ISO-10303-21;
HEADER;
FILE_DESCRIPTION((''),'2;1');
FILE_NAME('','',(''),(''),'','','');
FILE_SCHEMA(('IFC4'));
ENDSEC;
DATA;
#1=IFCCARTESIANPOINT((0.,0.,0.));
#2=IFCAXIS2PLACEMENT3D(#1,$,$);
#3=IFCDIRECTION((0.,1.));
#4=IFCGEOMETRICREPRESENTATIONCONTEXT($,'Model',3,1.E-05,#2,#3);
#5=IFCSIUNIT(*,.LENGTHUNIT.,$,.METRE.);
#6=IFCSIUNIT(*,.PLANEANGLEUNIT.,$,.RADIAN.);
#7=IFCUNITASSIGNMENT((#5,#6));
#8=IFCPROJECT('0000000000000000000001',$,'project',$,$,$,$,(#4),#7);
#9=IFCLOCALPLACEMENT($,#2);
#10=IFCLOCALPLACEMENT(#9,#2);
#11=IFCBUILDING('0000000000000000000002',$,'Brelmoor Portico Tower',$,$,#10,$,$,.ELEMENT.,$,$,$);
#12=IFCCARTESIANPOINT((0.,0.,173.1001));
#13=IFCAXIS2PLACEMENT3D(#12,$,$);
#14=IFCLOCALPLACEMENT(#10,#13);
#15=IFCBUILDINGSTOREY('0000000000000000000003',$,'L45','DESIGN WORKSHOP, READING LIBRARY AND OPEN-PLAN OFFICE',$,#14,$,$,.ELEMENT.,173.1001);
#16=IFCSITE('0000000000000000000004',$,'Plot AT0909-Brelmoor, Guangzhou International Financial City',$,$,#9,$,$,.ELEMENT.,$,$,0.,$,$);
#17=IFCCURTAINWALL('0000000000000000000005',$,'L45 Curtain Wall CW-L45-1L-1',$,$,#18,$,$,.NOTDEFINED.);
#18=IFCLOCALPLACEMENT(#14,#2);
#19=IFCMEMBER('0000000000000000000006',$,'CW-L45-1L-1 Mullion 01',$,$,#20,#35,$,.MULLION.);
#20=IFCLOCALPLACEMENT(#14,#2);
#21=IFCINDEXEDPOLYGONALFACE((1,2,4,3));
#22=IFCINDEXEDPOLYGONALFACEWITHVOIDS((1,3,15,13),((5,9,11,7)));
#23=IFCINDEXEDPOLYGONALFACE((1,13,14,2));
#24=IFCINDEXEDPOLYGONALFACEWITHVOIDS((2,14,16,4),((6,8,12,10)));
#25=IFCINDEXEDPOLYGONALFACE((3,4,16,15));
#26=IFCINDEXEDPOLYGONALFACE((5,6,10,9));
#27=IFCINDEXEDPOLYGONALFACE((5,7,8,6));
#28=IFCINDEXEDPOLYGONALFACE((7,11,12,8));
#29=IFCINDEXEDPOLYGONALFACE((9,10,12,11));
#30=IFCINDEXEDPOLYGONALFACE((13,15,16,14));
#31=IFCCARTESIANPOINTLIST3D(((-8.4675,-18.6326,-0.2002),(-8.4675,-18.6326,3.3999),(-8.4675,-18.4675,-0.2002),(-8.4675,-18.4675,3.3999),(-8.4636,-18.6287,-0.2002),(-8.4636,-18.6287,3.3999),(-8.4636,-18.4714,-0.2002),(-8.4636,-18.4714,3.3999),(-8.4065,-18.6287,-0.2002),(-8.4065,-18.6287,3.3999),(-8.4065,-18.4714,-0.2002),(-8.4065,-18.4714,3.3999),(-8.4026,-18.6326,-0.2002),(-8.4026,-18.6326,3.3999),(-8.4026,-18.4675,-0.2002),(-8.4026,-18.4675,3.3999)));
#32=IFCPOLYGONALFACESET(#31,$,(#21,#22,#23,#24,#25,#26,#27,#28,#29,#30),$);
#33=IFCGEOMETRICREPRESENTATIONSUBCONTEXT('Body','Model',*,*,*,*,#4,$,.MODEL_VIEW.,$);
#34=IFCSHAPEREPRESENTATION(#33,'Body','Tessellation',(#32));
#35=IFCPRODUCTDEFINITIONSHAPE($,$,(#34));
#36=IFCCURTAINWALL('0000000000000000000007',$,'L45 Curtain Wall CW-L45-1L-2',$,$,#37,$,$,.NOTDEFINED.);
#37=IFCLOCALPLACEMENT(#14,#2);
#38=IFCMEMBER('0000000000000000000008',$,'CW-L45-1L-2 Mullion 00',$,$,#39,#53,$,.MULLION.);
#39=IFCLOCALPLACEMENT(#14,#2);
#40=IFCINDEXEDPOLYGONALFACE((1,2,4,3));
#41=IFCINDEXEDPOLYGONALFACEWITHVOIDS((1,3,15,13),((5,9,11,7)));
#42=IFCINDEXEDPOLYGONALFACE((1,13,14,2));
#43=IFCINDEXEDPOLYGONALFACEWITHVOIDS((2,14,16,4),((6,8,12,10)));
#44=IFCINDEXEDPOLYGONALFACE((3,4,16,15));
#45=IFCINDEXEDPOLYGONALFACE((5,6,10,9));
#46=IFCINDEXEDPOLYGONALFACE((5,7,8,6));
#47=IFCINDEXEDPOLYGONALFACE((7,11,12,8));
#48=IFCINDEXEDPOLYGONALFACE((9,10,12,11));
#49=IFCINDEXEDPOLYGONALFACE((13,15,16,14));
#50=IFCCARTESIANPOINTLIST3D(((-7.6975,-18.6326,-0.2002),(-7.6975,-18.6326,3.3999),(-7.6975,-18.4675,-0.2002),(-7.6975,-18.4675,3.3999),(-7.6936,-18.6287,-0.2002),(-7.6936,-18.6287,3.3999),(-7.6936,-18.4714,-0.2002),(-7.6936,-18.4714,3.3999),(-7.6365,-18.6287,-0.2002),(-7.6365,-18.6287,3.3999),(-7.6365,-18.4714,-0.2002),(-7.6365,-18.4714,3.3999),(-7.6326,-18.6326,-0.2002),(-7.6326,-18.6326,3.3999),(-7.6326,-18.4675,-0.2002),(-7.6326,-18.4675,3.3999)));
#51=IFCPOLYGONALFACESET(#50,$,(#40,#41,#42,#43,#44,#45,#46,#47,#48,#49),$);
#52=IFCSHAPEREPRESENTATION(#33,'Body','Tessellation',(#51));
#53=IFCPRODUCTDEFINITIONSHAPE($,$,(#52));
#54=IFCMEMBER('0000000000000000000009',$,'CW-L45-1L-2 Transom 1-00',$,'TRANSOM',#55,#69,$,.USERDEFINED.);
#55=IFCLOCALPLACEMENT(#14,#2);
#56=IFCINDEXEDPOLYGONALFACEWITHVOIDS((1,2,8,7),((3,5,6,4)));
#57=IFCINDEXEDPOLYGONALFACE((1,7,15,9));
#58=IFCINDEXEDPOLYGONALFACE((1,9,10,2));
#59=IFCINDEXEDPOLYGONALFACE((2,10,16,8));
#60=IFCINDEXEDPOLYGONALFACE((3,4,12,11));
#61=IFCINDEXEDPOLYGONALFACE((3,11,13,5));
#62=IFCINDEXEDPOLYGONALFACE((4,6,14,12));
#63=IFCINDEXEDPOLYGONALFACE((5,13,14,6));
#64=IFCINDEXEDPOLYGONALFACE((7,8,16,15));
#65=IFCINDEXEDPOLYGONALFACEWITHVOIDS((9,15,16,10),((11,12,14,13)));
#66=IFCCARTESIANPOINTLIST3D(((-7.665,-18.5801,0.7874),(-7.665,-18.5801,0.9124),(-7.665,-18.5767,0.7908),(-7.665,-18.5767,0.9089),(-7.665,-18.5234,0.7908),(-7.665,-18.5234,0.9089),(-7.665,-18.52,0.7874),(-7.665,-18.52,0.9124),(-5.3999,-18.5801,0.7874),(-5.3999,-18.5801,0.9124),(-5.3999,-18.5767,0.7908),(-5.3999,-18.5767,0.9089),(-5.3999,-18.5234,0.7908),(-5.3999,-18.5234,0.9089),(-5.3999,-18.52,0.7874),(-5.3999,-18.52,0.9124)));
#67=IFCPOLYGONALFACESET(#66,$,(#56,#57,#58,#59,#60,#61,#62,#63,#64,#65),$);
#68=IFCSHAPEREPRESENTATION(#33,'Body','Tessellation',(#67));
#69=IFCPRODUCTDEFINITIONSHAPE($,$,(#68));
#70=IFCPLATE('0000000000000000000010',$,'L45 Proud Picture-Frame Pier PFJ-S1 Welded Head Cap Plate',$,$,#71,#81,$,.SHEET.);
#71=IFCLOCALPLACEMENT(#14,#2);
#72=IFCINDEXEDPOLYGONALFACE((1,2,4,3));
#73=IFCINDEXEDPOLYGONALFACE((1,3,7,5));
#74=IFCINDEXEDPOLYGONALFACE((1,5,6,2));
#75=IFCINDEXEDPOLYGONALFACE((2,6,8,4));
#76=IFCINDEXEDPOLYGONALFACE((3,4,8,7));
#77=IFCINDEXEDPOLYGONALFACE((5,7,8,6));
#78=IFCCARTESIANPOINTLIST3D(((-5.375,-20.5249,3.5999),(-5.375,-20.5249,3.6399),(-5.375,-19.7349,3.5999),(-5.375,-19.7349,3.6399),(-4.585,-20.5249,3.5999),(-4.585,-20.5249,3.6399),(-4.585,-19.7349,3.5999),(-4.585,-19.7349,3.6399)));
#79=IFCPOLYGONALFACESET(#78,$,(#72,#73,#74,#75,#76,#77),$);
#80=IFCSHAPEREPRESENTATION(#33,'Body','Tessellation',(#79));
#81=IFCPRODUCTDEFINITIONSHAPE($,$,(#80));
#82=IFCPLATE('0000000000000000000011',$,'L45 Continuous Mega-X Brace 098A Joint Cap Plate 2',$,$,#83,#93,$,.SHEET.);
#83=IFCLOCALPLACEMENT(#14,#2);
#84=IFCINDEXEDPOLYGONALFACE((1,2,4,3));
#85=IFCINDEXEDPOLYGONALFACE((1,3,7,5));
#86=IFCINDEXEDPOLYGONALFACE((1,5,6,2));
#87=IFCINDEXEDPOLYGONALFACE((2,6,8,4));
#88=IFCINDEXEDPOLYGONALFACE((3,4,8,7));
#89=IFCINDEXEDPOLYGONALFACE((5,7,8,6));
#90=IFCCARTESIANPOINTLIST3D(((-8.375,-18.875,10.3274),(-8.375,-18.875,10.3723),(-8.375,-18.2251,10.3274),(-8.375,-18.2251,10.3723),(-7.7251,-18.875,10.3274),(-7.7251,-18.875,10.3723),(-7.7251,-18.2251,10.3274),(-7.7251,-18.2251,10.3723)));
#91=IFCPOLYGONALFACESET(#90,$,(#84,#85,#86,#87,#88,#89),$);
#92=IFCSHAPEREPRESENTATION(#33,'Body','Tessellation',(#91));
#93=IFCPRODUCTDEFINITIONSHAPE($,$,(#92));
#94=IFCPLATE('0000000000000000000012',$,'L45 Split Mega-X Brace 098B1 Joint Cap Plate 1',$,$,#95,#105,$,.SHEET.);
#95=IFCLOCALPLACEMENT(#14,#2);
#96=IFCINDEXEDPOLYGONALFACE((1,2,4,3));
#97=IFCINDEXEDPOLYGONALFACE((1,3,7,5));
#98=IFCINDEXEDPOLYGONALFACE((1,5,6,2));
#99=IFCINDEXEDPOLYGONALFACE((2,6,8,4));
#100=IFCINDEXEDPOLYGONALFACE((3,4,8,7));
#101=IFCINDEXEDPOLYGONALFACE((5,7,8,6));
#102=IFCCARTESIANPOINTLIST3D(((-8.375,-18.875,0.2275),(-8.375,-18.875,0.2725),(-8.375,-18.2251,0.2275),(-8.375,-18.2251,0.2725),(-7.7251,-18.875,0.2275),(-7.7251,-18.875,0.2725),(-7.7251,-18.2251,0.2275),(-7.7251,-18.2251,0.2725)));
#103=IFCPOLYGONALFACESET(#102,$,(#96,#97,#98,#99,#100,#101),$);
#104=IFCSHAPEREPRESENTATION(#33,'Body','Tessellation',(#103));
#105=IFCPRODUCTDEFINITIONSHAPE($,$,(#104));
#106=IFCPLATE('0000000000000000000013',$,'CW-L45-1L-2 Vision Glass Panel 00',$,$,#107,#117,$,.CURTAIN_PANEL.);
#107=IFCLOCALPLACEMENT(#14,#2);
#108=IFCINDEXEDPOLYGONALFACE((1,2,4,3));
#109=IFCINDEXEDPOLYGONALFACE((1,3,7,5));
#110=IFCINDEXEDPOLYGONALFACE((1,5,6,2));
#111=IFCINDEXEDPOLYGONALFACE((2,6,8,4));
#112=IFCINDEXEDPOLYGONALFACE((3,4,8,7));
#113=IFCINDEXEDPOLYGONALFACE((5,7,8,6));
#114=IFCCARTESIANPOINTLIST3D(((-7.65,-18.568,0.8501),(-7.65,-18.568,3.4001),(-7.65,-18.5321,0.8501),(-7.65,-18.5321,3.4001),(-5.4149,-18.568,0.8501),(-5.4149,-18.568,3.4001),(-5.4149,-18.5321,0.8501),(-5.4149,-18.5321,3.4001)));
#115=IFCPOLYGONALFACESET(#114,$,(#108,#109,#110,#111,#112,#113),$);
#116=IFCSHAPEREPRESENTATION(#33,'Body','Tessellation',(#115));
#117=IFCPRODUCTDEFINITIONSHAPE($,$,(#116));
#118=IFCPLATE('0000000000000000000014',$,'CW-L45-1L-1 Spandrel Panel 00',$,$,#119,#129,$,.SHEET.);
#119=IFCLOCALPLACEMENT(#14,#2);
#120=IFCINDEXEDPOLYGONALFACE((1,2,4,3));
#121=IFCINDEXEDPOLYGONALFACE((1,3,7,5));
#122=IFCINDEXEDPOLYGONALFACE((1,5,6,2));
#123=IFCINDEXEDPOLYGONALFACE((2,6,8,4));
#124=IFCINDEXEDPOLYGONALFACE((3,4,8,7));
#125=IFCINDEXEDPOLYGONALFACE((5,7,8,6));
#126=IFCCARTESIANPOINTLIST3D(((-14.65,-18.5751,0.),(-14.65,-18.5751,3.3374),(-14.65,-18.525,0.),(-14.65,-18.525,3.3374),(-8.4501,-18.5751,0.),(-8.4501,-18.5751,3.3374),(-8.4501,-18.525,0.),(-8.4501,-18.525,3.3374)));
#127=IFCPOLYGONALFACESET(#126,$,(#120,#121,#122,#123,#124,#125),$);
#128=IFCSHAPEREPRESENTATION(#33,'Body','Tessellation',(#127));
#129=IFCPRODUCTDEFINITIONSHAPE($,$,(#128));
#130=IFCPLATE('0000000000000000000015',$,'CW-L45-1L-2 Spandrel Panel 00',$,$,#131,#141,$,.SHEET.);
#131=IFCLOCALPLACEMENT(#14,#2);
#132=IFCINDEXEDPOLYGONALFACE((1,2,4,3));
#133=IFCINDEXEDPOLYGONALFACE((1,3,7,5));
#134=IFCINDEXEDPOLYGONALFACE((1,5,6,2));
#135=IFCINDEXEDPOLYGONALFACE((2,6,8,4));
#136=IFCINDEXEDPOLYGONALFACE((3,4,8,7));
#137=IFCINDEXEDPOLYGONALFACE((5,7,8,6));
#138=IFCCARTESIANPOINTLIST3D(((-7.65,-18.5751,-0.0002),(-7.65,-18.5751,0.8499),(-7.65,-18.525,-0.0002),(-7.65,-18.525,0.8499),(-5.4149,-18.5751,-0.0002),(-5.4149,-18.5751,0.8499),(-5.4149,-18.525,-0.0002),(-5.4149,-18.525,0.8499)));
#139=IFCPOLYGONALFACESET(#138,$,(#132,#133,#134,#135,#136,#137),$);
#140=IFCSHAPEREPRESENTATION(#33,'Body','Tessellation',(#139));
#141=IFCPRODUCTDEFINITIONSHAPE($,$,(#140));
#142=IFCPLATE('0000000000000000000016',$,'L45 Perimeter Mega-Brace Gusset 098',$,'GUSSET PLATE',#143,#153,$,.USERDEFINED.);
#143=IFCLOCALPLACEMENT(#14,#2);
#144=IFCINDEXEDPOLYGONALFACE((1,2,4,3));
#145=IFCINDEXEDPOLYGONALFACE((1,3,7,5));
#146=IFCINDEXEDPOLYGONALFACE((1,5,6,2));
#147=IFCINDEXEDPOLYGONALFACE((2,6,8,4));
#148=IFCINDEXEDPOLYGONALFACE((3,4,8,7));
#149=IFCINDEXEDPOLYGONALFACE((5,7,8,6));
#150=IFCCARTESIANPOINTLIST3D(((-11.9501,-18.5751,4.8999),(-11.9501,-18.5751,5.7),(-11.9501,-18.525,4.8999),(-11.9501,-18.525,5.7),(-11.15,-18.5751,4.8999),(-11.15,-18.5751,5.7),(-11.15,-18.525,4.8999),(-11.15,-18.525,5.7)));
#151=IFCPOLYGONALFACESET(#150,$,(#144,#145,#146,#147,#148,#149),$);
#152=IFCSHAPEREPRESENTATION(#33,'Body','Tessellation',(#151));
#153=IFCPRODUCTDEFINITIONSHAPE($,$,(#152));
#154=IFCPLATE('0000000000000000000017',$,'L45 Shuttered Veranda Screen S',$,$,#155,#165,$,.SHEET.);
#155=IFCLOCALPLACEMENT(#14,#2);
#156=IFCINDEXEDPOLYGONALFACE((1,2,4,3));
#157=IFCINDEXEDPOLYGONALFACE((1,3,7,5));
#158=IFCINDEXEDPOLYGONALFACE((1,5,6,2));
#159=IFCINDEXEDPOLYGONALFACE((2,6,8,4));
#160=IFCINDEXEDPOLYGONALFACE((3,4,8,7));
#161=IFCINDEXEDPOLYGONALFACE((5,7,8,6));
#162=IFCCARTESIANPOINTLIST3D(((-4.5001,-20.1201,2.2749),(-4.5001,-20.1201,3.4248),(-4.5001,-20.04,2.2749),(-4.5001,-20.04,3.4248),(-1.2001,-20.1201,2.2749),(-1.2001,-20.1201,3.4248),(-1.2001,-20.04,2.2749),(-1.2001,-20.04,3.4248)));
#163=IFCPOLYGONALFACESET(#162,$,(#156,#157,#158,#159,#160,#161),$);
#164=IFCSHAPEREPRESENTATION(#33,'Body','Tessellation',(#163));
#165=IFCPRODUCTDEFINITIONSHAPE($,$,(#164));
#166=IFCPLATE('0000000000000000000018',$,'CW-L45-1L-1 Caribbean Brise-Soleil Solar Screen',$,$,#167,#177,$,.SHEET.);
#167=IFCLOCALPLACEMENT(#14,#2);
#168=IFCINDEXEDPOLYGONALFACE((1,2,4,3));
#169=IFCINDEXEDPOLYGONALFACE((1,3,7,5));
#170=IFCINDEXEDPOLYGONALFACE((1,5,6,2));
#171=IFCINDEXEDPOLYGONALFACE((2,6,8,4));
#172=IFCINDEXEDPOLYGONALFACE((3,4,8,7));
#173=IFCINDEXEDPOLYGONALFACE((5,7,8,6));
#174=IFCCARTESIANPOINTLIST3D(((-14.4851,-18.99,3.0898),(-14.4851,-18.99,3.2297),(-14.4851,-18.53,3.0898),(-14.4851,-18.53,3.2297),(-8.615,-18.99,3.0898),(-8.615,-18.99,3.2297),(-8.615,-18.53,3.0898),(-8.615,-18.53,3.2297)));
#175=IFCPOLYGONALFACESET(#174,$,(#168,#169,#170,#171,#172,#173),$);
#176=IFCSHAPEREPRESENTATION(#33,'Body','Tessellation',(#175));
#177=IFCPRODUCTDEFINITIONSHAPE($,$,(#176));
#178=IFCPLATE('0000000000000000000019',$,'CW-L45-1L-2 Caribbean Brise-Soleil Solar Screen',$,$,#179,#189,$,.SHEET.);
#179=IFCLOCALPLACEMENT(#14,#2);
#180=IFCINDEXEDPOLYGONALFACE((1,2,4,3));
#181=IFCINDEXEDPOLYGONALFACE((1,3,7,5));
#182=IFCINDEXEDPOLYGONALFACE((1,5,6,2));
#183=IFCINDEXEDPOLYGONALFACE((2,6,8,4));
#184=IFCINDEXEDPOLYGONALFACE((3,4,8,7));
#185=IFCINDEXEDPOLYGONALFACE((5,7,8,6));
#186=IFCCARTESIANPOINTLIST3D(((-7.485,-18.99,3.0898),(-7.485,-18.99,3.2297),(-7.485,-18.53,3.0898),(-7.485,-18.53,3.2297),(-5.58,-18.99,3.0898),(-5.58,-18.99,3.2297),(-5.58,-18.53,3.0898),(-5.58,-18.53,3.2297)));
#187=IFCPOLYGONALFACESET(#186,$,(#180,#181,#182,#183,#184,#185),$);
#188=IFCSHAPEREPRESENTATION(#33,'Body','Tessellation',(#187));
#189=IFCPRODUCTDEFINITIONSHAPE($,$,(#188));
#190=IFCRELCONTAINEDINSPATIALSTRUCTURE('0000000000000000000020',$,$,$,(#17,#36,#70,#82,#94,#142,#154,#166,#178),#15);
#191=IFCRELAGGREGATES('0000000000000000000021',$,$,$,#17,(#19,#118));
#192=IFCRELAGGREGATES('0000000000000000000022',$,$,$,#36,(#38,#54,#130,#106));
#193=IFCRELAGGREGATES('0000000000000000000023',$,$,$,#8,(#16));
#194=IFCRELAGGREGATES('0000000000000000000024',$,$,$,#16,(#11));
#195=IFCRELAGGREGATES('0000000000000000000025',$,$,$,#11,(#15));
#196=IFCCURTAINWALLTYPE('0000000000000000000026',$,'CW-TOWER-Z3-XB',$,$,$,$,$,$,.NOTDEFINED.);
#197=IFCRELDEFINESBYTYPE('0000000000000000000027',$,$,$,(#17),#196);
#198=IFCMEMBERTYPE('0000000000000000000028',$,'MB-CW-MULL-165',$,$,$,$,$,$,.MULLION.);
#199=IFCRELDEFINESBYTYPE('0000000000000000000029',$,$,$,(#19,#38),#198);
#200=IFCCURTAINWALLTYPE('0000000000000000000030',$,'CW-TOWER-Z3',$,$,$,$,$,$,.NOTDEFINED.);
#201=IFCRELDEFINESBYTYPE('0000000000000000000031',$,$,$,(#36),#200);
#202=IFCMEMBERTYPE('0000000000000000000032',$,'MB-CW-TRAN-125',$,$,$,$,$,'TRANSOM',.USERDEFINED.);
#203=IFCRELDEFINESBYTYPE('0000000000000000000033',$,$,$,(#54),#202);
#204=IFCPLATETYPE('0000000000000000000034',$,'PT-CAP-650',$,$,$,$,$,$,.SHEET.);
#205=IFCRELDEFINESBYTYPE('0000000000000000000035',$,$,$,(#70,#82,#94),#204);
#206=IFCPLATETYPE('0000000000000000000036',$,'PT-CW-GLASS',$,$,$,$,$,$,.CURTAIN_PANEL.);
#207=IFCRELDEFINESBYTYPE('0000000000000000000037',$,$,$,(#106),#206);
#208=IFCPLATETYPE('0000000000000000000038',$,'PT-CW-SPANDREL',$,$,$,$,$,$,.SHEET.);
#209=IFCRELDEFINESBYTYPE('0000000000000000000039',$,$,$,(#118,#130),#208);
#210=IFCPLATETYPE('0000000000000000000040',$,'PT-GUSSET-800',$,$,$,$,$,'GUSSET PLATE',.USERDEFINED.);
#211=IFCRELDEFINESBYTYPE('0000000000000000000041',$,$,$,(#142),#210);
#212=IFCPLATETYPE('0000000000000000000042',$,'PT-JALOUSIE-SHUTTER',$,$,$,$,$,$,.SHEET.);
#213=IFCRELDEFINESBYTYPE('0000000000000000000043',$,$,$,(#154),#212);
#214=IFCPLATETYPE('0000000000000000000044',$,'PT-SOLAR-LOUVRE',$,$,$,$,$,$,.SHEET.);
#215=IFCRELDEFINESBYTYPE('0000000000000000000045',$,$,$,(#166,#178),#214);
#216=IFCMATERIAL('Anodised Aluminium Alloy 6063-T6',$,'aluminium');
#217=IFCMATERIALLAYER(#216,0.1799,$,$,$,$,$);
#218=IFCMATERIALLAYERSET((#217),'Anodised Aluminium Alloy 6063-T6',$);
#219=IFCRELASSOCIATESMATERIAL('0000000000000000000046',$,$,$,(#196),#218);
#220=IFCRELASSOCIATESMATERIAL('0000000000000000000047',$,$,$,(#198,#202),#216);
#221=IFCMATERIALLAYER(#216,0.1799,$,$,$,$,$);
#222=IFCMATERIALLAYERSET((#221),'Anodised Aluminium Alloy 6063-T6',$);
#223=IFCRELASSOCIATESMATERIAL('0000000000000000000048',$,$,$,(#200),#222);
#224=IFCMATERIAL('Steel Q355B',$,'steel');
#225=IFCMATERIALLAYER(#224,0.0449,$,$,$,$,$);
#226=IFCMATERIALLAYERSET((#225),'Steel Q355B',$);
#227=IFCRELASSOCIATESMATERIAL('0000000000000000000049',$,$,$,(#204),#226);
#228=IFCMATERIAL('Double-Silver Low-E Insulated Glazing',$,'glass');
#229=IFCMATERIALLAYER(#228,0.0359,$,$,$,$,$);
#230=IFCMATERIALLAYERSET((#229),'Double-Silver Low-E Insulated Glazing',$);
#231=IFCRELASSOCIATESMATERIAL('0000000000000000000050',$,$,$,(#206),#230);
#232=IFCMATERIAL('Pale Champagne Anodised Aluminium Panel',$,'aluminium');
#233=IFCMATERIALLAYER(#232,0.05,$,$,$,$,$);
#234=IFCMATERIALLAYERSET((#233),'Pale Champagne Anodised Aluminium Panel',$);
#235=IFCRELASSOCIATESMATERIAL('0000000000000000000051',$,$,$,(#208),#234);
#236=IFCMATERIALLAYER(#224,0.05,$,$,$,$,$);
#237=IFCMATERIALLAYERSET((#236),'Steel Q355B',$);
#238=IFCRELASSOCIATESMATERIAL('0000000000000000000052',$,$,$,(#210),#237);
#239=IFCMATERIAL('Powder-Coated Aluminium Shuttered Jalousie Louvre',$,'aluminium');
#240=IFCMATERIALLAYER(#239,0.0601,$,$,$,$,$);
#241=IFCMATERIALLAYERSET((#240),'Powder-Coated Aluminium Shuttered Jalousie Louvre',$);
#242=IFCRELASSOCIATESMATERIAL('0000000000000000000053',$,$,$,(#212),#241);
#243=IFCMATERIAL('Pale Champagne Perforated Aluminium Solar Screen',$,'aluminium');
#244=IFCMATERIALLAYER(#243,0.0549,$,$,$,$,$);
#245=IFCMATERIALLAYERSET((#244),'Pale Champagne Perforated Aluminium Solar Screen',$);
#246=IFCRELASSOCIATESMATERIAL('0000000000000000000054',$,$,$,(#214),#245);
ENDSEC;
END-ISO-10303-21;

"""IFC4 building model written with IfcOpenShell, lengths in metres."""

from ifc_helpers import new_model, si_unit, direction, frame, origin, origin_2d, place, context, subcontext, project, spatial, rectangle, hollow_rectangle, extrude, material, layer, layer_set, material_profile, profile_set, type_object, element, aggregate, save


model = new_model("IFC4")

# Units and contexts
model_context = context("Model", 3, precision=1e-05, world=origin(), true_north=direction((0.0, 1.0)))
body_context = subcontext(model_context, "Body", "Model", "MODEL_VIEW")
ifc_project = project(units=[si_unit("LENGTHUNIT", "METRE"), si_unit("PLANEANGLEUNIT", "RADIAN")], contexts=[model_context])

# Site, building, storey
site_placement = place(None, origin())
site = spatial("IfcSite", under=ifc_project, at=site_placement, Name="Plot AT0909-Brelmoor, Guangzhou International Financial City", CompositionType="ELEMENT", RefElevation=0.0)
building_placement = place(site_placement, origin())
building = spatial("IfcBuilding", under=site, at=building_placement, Name="Brelmoor Portico Tower", CompositionType="ELEMENT")
storey_placement = place(building_placement, frame((0.0, 0.0, 173.1001)))
storey = spatial("IfcBuildingStorey", under=building, at=storey_placement, Name="L45", Description="DESIGN WORKSHOP, READING LIBRARY AND OPEN-PLAN OFFICE", CompositionType="ELEMENT", Elevation=173.1001)

# Shared definitions
ifc_material_1 = material(Name="Steel Q355B", Category="steel")

# Curtain wall, member
ifc_material_2 = material(Name="Anodised Aluminium Alloy 6063-T6", Category="aluminium")
ifc_layer_1 = layer(ifc_material_2, 0.1799)
ifc_layer_set_1 = layer_set([ifc_layer_1], Name="Anodised Aluminium Alloy 6063-T6")
curtain_wall_type_1 = type_object("IfcCurtainWallType", Name="CW-TOWER-Z3-XB", PredefinedType="NOTDEFINED", material=ifc_layer_set_1)
curtain_wall_1_placement = place(storey_placement, origin())
curtain_wall_1 = element("IfcCurtainWall", 1, at=curtain_wall_1_placement, inside=storey, type_object=curtain_wall_type_1, Name="L45 Curtain Wall CW-L45-1L-1", PredefinedType="NOTDEFINED")
ifc_material_profile_1 = material_profile(ifc_material_2, hollow_rectangle(XDim=0.0649, YDim=0.165, WallThickness=0.0039, at=origin_2d()), Name="ALU MULLION 65x165")
ifc_profile_set_1 = profile_set([ifc_material_profile_1], Name="Anodised Aluminium Alloy 6063-T6")
member_type_1 = type_object("IfcMemberType", Name="MB-CW-MULL-165", PredefinedType="MULLION", material=ifc_profile_set_1)
member_1_placement = place(storey_placement, frame((-8.4351, -18.55, -0.2002), z_axis=(0.0, 0.0, 1.0), x_axis=(1.0, 0.0, 0.0)))
member_1 = element("IfcMember", 2, at=member_1_placement, type_object=member_type_1, Name="CW-L45-1L-1 Mullion 01", PredefinedType="MULLION", context=body_context, shape_type="SweptSolid", body=[
    extrude(hollow_rectangle(XDim=0.0649, YDim=0.165, WallThickness=0.0039, at=origin_2d()), origin(), (0.0, 0.0, 1.0), 3.6001),
])

# Curtain wall, members
ifc_layer_2 = layer(ifc_material_2, 0.1799)
ifc_layer_set_2 = layer_set([ifc_layer_2], Name="Anodised Aluminium Alloy 6063-T6")
curtain_wall_type_2 = type_object("IfcCurtainWallType", Name="CW-TOWER-Z3", PredefinedType="NOTDEFINED", material=ifc_layer_set_2)
curtain_wall_2_placement = place(storey_placement, origin())
curtain_wall_2 = element("IfcCurtainWall", 3, at=curtain_wall_2_placement, inside=storey, type_object=curtain_wall_type_2, Name="L45 Curtain Wall CW-L45-1L-2", PredefinedType="NOTDEFINED")
member_2_placement = place(storey_placement, frame((-7.665, -18.55, -0.2002), z_axis=(0.0, 0.0, 1.0), x_axis=(1.0, 0.0, 0.0)))
member_2 = element("IfcMember", 4, at=member_2_placement, type_object=member_type_1, Name="CW-L45-1L-2 Mullion 00", PredefinedType="MULLION", context=body_context, shape_type="SweptSolid", body=[
    extrude(hollow_rectangle(XDim=0.0649, YDim=0.165, WallThickness=0.0039, at=origin_2d()), origin(), (0.0, 0.0, 1.0), 3.6001),
])
ifc_material_profile_2 = material_profile(ifc_material_2, hollow_rectangle(XDim=0.0601, YDim=0.125, WallThickness=0.0034, at=origin_2d()), Name="ALU TRANSOM 60x125")
ifc_profile_set_2 = profile_set([ifc_material_profile_2], Name="Anodised Aluminium Alloy 6063-T6")
member_type_2 = type_object("IfcMemberType", Name="MB-CW-TRAN-125", ElementType="TRANSOM", PredefinedType="USERDEFINED", material=ifc_profile_set_2)
member_3_placement = place(storey_placement, frame((-7.665, -18.55, 0.8499), z_axis=(1.0, 0.0, 0.0), x_axis=(0.0, 1.0, 0.0)))
member_3 = element("IfcMember", 5, at=member_3_placement, type_object=member_type_2, Name="CW-L45-1L-2 Transom 1-00", ObjectType="TRANSOM", PredefinedType="USERDEFINED", context=body_context, shape_type="SweptSolid", body=[
    extrude(hollow_rectangle(XDim=0.0601, YDim=0.125, WallThickness=0.0034, at=origin_2d()), origin(), (0.0, 0.0, 1.0), 2.2651),
])

# Plates
ifc_layer_3 = layer(ifc_material_1, 0.0449)
ifc_layer_set_3 = layer_set([ifc_layer_3], Name="Steel Q355B")
plate_type_1 = type_object("IfcPlateType", Name="PT-CAP-650", PredefinedType="SHEET", material=ifc_layer_set_3)
plate_1_placement = place(storey_placement, frame((-4.98, -20.1299, 3.5999), z_axis=(0.0, 0.0, 1.0), x_axis=(1.0, 0.0, 0.0)))
element("IfcPlate", 6, at=plate_1_placement, inside=storey, type_object=plate_type_1, Name="L45 Proud Picture-Frame Pier PFJ-S1 Welded Head Cap Plate", PredefinedType="SHEET", context=body_context, shape_type="SweptSolid", body=[
    extrude(rectangle(XDim=0.79, YDim=0.79, at=origin_2d()), origin(), (0.0, 0.0, 1.0), 0.04),
])
for number, where, z_axis, x_axis, name in (
    (7, (-8.05, -18.55, 10.3274), (0.0, 0.0, 1.0), (1.0, 0.0, 0.0), "L45 Continuous Mega-X Brace 098A Joint Cap Plate 2"),
    (8, (-8.05, -18.55, 0.2275), (0.0, 0.0, 1.0), (1.0, 0.0, 0.0), "L45 Split Mega-X Brace 098B1 Joint Cap Plate 1"),
):
    element("IfcPlate", number, at=place(storey_placement, frame(where, z_axis=z_axis, x_axis=x_axis)), inside=storey, type_object=plate_type_1, Name=name, PredefinedType="SHEET", context=body_context, shape_type="SweptSolid", body=[
        extrude(rectangle(XDim=0.6499, YDim=0.6499, at=origin_2d()), origin(), (0.0, 0.0, 1.0), 0.0449),
    ])

# Plates
ifc_material_3 = material(Name="Double-Silver Low-E Insulated Glazing", Category="glass")
ifc_layer_4 = layer(ifc_material_3, 0.0359)
ifc_layer_set_4 = layer_set([ifc_layer_4], Name="Double-Silver Low-E Insulated Glazing")
plate_type_2 = type_object("IfcPlateType", Name="PT-CW-GLASS", PredefinedType="CURTAIN_PANEL", material=ifc_layer_set_4)
plate_2_placement = place(storey_placement, frame((-6.5325, -18.55, 0.8501), z_axis=(0.0, 0.0, 1.0), x_axis=(1.0, 0.0, 0.0)))
plate_2 = element("IfcPlate", 9, at=plate_2_placement, type_object=plate_type_2, Name="CW-L45-1L-2 Vision Glass Panel 00", PredefinedType="CURTAIN_PANEL", context=body_context, shape_type="SweptSolid", body=[
    extrude(rectangle(XDim=2.2351, YDim=0.0359, at=origin_2d()), origin(), (0.0, 0.0, 1.0), 2.55),
])
ifc_material_4 = material(Name="Pale Champagne Anodised Aluminium Panel", Category="aluminium")
ifc_layer_5 = layer(ifc_material_4, 0.05)
ifc_layer_set_5 = layer_set([ifc_layer_5], Name="Pale Champagne Anodised Aluminium Panel")
plate_type_3 = type_object("IfcPlateType", Name="PT-CW-SPANDREL", PredefinedType="SHEET", material=ifc_layer_set_5)
plate_3_placement = place(storey_placement, frame((-11.55, -18.55, 0.0), z_axis=(0.0, 0.0, 1.0), x_axis=(1.0, 0.0, 0.0)))
plate_3 = element("IfcPlate", 10, at=plate_3_placement, type_object=plate_type_3, Name="CW-L45-1L-1 Spandrel Panel 00", PredefinedType="SHEET", context=body_context, shape_type="SweptSolid", body=[
    extrude(rectangle(XDim=6.2, YDim=0.05, at=origin_2d()), origin(), (0.0, 0.0, 1.0), 3.3374),
])
aggregate(curtain_wall_1, [member_1, plate_3])
plate_4_placement = place(storey_placement, frame((-6.5325, -18.55, -0.0002), z_axis=(0.0, 0.0, 1.0), x_axis=(1.0, 0.0, 0.0)))
plate_4 = element("IfcPlate", 11, at=plate_4_placement, type_object=plate_type_3, Name="CW-L45-1L-2 Spandrel Panel 00", PredefinedType="SHEET", context=body_context, shape_type="SweptSolid", body=[
    extrude(rectangle(XDim=2.2351, YDim=0.05, at=origin_2d()), origin(), (0.0, 0.0, 1.0), 0.8501),
])
aggregate(curtain_wall_2, [member_2, member_3, plate_4, plate_2])

# Plates
ifc_layer_6 = layer(ifc_material_1, 0.05)
ifc_layer_set_6 = layer_set([ifc_layer_6], Name="Steel Q355B")
plate_type_4 = type_object("IfcPlateType", Name="PT-GUSSET-800", ElementType="GUSSET PLATE", PredefinedType="USERDEFINED", material=ifc_layer_set_6)
plate_5_placement = place(storey_placement, frame((-11.55, -18.55, 4.8999), z_axis=(0.0, 0.0, 1.0), x_axis=(1.0, 0.0, 0.0)))
element("IfcPlate", 12, at=plate_5_placement, inside=storey, type_object=plate_type_4, Name="L45 Perimeter Mega-Brace Gusset 098", ObjectType="GUSSET PLATE", PredefinedType="USERDEFINED", context=body_context, shape_type="SweptSolid", body=[
    extrude(rectangle(XDim=0.8, YDim=0.05, at=origin_2d()), origin(), (0.0, 0.0, 1.0), 0.8),
])
ifc_material_5 = material(Name="Powder-Coated Aluminium Shuttered Jalousie Louvre", Category="aluminium")
ifc_layer_7 = layer(ifc_material_5, 0.0601)
ifc_layer_set_7 = layer_set([ifc_layer_7], Name="Powder-Coated Aluminium Shuttered Jalousie Louvre")
plate_type_5 = type_object("IfcPlateType", Name="PT-JALOUSIE-SHUTTER", PredefinedType="SHEET", material=ifc_layer_set_7)
plate_6_placement = place(storey_placement, frame((-2.8501, -20.0801, 2.2749), z_axis=(0.0, 0.0, 1.0), x_axis=(1.0, 0.0, 0.0)))
element("IfcPlate", 13, at=plate_6_placement, inside=storey, type_object=plate_type_5, Name="L45 Shuttered Veranda Screen S", PredefinedType="SHEET", context=body_context, shape_type="SweptSolid", body=[
    extrude(rectangle(XDim=3.3, YDim=0.0801, at=origin_2d()), origin(), (0.0, 0.0, 1.0), 1.1499),
])
ifc_material_6 = material(Name="Pale Champagne Perforated Aluminium Solar Screen", Category="aluminium")
ifc_layer_8 = layer(ifc_material_6, 0.0549)
ifc_layer_set_8 = layer_set([ifc_layer_8], Name="Pale Champagne Perforated Aluminium Solar Screen")
plate_type_6 = type_object("IfcPlateType", Name="PT-SOLAR-LOUVRE", PredefinedType="SHEET", material=ifc_layer_set_8)
plate_7_placement = place(storey_placement, frame((-11.55, -18.76, 3.0898), z_axis=(0.0, 0.0, 1.0), x_axis=(1.0, 0.0, 0.0)))
element("IfcPlate", 14, at=plate_7_placement, inside=storey, type_object=plate_type_6, Name="CW-L45-1L-1 Caribbean Brise-Soleil Solar Screen", PredefinedType="SHEET", context=body_context, shape_type="SweptSolid", body=[
    extrude(rectangle(XDim=5.8701, YDim=0.46, at=origin_2d()), origin(), (0.0, 0.0, 1.0), 0.1399),
])
plate_8_placement = place(storey_placement, frame((-6.5325, -18.76, 3.0898), z_axis=(0.0, 0.0, 1.0), x_axis=(1.0, 0.0, 0.0)))
element("IfcPlate", 15, at=plate_8_placement, inside=storey, type_object=plate_type_6, Name="CW-L45-1L-2 Caribbean Brise-Soleil Solar Screen", PredefinedType="SHEET", context=body_context, shape_type="SweptSolid", body=[
    extrude(rectangle(XDim=1.905, YDim=0.46, at=origin_2d()), origin(), (0.0, 0.0, 1.0), 0.1399),
])

save(model, "model.ifc")
